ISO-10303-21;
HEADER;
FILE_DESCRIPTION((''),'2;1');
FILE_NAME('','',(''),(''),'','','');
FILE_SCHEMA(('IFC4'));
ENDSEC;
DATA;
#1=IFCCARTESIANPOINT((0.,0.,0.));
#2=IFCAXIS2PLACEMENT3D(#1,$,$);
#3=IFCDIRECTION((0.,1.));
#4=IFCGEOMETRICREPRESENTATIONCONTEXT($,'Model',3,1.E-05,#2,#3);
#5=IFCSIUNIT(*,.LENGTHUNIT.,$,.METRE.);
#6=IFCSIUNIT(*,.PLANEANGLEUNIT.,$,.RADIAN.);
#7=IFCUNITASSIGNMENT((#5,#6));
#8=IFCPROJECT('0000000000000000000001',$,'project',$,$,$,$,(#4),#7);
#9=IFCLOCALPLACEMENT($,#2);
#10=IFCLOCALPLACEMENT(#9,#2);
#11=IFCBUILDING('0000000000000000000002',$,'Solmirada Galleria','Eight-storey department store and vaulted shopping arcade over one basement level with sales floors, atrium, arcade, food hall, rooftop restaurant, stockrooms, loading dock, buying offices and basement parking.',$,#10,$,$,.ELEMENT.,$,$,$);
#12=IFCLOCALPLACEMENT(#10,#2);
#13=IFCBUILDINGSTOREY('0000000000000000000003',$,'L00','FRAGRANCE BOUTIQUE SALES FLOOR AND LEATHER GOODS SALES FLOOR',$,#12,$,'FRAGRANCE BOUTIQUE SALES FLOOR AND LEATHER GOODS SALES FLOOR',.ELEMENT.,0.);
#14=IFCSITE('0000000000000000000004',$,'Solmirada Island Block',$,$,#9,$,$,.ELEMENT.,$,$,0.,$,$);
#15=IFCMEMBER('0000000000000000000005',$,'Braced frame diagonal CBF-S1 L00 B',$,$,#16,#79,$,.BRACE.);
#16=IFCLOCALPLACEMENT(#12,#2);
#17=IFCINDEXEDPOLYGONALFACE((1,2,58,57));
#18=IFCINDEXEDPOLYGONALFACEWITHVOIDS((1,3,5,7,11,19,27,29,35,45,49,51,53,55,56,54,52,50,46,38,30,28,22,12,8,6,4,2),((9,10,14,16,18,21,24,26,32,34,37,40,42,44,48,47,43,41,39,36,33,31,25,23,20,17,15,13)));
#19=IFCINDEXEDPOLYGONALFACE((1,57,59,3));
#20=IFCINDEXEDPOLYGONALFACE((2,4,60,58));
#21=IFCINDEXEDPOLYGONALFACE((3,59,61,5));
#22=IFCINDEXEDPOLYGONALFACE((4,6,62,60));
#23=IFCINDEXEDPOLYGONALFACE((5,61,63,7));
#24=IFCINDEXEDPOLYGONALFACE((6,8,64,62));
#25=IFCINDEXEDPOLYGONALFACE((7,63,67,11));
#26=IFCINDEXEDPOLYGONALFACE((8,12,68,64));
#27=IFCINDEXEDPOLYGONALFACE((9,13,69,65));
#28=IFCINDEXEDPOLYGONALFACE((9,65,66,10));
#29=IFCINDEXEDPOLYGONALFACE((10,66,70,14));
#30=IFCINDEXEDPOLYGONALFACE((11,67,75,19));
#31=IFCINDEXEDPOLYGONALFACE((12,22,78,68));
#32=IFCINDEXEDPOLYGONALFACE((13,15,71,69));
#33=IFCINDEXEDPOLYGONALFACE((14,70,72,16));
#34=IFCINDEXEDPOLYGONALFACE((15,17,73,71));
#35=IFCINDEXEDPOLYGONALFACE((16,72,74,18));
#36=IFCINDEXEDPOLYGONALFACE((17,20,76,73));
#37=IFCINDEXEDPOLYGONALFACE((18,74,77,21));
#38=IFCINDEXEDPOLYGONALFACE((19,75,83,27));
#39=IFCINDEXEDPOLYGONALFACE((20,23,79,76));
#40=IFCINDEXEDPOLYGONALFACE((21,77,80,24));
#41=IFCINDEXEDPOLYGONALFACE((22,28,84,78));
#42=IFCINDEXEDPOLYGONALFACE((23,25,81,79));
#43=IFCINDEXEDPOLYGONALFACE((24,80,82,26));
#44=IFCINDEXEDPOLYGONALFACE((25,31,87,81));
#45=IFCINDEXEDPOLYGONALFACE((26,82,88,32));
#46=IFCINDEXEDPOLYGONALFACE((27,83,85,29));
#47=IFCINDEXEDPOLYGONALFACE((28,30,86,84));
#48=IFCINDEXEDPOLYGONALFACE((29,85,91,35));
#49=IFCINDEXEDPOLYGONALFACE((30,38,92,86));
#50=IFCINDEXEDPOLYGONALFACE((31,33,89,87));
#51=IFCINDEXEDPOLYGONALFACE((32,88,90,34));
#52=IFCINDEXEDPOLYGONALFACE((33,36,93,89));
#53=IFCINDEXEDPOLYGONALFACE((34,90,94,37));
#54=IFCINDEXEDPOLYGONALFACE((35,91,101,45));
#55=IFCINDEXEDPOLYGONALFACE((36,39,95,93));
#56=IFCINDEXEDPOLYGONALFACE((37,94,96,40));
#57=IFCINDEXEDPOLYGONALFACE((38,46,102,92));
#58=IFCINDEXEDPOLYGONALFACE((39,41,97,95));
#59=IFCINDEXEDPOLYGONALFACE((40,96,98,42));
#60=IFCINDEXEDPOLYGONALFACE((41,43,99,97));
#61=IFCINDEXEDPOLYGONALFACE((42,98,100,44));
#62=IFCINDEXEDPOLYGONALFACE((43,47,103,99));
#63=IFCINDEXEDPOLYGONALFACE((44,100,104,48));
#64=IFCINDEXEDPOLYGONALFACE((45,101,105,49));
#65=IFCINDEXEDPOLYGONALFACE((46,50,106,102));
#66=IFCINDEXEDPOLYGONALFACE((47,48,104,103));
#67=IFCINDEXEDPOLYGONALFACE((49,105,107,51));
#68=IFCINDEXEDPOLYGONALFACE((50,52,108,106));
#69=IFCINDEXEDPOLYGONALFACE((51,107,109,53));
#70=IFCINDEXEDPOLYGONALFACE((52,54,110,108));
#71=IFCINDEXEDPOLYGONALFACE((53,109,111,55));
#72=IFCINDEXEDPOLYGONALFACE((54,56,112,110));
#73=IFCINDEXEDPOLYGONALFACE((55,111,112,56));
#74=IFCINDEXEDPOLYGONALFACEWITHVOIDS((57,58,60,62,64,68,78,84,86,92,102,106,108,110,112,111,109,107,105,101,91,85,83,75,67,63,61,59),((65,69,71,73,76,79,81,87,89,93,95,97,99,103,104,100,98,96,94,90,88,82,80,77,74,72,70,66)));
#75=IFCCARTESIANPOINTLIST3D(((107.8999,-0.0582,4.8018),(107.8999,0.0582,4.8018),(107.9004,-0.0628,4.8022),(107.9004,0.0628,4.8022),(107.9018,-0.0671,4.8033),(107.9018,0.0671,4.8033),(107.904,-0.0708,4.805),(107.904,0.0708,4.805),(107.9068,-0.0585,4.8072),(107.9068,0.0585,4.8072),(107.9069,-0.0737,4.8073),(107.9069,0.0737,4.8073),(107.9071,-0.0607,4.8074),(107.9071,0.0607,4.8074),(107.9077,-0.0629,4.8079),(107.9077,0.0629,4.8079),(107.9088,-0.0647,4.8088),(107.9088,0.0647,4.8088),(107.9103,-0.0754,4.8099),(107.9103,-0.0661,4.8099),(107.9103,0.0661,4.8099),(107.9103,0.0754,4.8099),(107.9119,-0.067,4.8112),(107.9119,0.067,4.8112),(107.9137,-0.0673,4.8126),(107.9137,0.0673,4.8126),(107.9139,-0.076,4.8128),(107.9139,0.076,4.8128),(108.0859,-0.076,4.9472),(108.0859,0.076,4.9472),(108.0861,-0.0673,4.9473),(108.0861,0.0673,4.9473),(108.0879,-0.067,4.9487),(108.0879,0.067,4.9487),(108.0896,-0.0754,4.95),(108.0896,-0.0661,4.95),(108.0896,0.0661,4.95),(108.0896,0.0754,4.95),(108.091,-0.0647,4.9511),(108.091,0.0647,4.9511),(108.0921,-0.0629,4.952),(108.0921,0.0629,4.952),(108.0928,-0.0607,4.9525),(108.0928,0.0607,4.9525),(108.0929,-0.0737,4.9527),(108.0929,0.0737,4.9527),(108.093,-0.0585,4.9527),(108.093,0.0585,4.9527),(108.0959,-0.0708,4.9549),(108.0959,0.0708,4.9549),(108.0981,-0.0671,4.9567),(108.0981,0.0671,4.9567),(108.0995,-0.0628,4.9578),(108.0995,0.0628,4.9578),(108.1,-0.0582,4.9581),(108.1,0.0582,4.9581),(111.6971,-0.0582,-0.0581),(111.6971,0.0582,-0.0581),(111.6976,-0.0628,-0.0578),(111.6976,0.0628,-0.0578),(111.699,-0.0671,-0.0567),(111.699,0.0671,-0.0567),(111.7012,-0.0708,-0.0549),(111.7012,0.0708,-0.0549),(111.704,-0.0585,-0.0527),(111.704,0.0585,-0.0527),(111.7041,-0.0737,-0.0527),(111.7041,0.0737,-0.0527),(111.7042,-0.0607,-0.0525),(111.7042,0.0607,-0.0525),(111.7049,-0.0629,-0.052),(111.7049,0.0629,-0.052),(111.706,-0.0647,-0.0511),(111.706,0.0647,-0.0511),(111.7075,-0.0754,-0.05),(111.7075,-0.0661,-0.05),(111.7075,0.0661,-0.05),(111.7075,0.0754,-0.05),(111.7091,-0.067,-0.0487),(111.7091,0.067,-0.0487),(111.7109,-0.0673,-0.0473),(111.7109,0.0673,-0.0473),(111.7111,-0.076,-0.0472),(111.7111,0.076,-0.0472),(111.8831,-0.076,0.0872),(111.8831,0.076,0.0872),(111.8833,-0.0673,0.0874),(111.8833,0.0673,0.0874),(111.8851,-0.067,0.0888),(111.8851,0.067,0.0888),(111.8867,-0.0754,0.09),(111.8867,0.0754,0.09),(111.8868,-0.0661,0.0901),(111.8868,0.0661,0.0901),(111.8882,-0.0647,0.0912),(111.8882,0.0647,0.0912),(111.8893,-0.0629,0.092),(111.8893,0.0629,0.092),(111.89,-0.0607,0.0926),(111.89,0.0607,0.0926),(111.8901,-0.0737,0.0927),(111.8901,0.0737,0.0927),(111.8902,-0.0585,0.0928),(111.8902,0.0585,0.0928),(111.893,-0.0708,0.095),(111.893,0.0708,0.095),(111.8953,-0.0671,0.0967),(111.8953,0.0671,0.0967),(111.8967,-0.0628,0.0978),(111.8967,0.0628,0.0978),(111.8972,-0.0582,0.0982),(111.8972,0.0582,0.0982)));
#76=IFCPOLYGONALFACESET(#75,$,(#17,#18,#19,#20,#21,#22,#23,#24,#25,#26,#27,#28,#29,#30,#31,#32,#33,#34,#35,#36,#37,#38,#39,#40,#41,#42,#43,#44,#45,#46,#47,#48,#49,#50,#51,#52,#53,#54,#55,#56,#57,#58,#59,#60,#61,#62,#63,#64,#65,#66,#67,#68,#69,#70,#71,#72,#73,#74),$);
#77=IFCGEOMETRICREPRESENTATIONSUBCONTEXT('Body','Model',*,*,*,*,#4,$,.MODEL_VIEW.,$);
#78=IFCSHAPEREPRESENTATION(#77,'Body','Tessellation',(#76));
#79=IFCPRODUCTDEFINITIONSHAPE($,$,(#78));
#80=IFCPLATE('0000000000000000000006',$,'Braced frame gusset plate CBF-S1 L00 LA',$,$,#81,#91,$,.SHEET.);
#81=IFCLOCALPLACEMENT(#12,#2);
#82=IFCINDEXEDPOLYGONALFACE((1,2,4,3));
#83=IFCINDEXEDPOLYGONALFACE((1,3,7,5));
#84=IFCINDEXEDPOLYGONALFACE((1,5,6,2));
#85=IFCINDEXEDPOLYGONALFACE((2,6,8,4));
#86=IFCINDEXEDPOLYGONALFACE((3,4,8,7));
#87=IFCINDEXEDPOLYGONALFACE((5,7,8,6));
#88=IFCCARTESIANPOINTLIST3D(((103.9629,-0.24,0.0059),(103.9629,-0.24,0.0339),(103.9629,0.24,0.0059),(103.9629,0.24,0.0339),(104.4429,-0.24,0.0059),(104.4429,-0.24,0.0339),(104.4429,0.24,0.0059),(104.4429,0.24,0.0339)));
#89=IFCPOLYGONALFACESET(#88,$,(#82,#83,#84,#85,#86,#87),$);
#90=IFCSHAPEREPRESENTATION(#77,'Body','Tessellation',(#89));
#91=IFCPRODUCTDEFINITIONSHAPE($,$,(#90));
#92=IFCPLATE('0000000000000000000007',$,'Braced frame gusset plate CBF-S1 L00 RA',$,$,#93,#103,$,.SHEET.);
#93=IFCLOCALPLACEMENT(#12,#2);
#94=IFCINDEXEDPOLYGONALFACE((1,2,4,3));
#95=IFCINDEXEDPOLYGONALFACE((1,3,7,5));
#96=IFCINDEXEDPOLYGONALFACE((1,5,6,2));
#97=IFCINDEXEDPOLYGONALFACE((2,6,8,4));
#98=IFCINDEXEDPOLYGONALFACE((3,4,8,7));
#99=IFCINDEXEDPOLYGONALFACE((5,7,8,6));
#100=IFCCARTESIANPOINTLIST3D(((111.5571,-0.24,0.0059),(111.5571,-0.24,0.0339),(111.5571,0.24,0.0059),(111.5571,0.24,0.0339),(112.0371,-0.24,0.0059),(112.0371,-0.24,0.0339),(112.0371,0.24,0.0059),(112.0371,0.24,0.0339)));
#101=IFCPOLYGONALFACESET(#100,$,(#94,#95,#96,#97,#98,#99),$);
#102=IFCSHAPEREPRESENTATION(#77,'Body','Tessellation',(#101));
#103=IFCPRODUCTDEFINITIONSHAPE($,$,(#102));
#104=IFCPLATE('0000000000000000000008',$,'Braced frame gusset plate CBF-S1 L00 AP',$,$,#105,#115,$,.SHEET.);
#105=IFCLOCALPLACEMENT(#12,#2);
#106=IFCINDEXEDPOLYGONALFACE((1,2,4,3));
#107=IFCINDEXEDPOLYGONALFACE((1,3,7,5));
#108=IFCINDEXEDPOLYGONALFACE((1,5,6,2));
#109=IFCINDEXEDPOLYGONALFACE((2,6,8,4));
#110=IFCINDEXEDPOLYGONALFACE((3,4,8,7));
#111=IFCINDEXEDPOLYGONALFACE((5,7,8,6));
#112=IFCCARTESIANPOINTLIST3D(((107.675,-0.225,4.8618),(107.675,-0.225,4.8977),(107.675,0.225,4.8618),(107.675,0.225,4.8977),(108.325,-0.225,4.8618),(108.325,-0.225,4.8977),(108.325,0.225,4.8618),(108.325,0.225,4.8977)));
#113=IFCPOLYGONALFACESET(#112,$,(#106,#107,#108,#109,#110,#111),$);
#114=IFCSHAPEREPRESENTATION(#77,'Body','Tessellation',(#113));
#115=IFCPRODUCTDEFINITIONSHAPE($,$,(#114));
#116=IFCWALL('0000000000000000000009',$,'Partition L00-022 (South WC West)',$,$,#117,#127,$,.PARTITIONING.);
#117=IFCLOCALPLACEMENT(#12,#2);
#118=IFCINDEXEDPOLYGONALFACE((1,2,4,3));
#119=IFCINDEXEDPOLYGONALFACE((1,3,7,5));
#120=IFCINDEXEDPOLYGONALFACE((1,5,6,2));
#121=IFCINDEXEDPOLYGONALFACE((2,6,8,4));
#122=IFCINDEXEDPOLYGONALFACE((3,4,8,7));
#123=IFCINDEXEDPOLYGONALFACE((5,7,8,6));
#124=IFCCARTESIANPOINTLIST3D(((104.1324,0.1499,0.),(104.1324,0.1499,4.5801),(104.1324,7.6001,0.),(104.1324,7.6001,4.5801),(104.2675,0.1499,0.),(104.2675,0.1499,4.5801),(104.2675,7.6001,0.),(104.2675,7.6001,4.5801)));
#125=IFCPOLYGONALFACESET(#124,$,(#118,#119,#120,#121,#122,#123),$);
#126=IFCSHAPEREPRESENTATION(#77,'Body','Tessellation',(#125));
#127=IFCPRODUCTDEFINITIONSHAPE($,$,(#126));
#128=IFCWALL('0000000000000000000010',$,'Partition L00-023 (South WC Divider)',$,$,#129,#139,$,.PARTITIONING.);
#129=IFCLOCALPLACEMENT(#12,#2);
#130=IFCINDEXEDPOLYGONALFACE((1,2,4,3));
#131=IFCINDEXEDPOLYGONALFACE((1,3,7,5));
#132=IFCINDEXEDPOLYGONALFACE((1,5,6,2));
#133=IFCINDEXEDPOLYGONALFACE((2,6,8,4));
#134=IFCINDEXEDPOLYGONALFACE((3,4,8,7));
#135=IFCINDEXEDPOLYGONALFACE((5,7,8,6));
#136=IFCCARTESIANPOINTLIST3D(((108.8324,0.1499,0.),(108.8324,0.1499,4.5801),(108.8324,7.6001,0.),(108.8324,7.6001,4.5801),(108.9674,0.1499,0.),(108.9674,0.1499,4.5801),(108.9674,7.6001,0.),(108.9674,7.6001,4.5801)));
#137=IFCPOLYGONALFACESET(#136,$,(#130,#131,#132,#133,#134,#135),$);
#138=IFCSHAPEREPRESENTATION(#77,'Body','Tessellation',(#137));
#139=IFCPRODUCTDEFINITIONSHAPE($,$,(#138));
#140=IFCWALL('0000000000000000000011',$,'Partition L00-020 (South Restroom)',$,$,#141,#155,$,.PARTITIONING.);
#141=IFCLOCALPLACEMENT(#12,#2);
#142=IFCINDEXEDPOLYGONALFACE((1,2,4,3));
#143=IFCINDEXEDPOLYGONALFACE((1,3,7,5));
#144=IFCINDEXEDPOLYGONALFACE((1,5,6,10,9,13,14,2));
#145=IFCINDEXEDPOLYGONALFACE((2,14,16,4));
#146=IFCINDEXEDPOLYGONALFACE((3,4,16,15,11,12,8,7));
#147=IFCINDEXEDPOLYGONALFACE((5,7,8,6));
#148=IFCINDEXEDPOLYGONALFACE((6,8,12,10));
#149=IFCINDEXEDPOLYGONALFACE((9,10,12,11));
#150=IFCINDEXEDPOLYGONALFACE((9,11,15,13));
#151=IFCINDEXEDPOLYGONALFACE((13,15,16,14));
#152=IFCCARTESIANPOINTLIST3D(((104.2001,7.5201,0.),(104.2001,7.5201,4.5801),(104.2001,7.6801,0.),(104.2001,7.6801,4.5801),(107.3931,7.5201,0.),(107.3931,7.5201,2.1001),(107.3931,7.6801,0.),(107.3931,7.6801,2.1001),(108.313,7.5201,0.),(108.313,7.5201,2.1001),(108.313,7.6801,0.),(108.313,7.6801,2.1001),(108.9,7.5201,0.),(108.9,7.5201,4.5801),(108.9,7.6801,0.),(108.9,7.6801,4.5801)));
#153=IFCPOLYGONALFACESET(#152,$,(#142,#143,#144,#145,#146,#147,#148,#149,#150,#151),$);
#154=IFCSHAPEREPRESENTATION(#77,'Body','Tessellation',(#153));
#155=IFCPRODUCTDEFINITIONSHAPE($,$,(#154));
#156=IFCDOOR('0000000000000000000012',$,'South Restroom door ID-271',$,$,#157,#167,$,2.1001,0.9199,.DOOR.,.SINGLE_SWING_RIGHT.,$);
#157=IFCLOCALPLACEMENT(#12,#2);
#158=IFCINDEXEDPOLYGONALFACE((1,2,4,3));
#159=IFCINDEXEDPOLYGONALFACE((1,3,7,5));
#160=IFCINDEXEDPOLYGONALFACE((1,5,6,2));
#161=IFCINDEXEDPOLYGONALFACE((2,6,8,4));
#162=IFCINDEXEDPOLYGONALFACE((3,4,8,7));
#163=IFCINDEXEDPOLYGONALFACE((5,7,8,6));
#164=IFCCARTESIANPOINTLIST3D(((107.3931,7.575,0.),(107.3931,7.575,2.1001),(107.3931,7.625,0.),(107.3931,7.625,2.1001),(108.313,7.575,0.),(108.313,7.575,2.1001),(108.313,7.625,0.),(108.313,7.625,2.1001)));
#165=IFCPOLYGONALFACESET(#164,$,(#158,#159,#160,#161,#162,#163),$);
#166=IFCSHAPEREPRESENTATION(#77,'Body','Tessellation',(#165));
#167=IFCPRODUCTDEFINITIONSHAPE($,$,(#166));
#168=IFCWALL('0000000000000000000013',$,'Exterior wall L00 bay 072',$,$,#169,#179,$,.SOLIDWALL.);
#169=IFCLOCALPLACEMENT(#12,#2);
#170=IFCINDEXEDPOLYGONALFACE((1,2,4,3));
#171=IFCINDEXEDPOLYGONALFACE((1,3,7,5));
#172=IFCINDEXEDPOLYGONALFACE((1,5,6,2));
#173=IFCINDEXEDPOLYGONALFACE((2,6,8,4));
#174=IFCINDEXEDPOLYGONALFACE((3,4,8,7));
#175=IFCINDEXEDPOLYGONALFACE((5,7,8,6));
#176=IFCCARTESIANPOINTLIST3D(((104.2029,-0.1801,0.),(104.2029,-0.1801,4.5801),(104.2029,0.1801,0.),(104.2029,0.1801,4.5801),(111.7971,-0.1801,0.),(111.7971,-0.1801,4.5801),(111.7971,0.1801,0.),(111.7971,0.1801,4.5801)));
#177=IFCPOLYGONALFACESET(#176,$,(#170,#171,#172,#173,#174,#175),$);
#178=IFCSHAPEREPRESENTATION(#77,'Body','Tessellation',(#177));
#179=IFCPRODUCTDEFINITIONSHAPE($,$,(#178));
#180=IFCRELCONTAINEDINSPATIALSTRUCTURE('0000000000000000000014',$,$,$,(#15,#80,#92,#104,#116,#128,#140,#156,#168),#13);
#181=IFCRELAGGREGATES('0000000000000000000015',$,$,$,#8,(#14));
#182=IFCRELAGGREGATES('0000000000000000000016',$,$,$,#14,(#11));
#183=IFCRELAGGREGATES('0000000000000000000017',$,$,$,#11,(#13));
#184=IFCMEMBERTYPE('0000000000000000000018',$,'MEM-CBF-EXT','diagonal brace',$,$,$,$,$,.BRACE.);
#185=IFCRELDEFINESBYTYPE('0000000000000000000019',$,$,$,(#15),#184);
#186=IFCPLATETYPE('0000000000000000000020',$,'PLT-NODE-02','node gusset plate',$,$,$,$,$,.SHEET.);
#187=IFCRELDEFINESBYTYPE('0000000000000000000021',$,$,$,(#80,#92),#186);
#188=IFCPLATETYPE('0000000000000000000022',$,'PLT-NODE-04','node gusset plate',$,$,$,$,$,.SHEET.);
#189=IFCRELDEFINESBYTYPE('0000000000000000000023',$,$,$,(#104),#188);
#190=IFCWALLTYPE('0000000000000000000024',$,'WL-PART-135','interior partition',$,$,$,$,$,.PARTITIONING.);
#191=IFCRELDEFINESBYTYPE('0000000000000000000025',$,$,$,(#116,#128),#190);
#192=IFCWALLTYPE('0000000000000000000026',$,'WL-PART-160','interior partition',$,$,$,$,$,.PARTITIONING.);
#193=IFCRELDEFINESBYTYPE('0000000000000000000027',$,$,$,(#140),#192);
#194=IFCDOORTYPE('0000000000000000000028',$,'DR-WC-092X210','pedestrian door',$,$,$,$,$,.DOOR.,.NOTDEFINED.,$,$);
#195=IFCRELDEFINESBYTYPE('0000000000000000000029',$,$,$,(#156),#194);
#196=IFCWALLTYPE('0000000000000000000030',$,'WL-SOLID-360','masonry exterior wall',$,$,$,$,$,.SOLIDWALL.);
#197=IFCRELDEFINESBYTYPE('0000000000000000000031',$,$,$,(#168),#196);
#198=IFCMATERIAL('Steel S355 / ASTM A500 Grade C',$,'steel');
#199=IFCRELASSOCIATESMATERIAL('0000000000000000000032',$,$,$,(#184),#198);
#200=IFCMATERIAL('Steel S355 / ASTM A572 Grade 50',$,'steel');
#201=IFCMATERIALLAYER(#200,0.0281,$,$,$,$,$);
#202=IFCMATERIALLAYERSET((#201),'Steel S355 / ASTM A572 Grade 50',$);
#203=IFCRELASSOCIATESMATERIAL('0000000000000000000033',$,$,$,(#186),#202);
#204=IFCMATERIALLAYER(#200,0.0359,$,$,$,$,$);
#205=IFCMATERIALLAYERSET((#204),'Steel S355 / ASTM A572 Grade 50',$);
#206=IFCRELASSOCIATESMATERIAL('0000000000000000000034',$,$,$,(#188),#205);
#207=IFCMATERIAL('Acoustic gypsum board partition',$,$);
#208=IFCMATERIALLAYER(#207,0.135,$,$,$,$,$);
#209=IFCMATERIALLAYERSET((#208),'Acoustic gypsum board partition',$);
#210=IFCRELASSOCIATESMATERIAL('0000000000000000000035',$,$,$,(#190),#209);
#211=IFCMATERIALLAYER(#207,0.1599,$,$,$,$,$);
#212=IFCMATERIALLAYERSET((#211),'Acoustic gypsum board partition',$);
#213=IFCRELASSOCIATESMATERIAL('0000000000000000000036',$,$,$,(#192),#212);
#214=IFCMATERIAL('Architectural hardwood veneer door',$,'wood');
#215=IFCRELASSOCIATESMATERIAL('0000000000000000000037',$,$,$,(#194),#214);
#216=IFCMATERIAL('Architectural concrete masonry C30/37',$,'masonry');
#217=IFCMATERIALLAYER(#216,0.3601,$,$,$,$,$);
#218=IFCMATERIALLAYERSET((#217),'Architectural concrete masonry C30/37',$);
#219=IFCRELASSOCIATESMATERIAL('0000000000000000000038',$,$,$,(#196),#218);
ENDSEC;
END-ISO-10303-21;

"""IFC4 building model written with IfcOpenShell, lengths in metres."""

from ifc_helpers import new_model, si_unit, direction, frame, frame_2d, origin, origin_2d, place, context, subcontext, project, spatial, rectangle, hollow_rectangle, extrude, material, layer, layer_set, material_profile, profile_set, type_object, element, fill, save


model = new_model("IFC4")

# Units and contexts
model_context = context("Model", 3, precision=1e-05, world=origin(), true_north=direction((0.0, 1.0)))
body_context = subcontext(model_context, "Body", "Model", "MODEL_VIEW")
ifc_project = project(units=[si_unit("LENGTHUNIT", "METRE"), si_unit("PLANEANGLEUNIT", "RADIAN")], contexts=[model_context])

# Site, building, storey
site_placement = place(None, origin())
site = spatial("IfcSite", under=ifc_project, at=site_placement, Name="Solmirada Island Block", CompositionType="ELEMENT", RefElevation=0.0)
building_placement = place(site_placement, origin())
building = spatial("IfcBuilding", under=site, at=building_placement, Name="Solmirada Galleria", Description="Eight-storey department store and vaulted shopping arcade over one basement level with sales floors, atrium, arcade, food hall, rooftop restaurant, stockrooms, loading dock, buying offices and basement parking.", CompositionType="ELEMENT")
storey_placement = place(building_placement, origin())
storey = spatial("IfcBuildingStorey", under=building, at=storey_placement, Name="L00", Description="FRAGRANCE BOUTIQUE SALES FLOOR AND LEATHER GOODS SALES FLOOR", LongName="FRAGRANCE BOUTIQUE SALES FLOOR AND LEATHER GOODS SALES FLOOR", CompositionType="ELEMENT", Elevation=0.0)

# Shared definitions
ifc_material_1 = material(Name="Steel S355 / ASTM A500 Grade C", Category="steel")

# Member
ifc_material_profile_1 = material_profile(ifc_material_1, hollow_rectangle(XDim=0.1521, YDim=0.2539, WallThickness=0.0088, InnerFilletRadius=0.0088, OuterFilletRadius=0.0178, at=origin_2d()), Name="HSS10X6X3/8")
ifc_profile_set_1 = profile_set([ifc_material_profile_1], Name="Steel S355 / ASTM A500 Grade C")
member_type = type_object("IfcMemberType", Name="MEM-CBF-EXT", Description="diagonal brace", PredefinedType="BRACE", material=ifc_profile_set_1)
for number, where, z_axis, x_axis, name in (
    (1, (111.7971, 0.0, 0.02), (-0.615679, 0.0, 0.787997), (0.0, -1.0, 0.0), "Braced frame diagonal CBF-S1 L00 B"),
):
    element("IfcMember", number, at=place(storey_placement, frame(where, z_axis=z_axis, x_axis=x_axis)), inside=storey, type_object=member_type, Name=name, PredefinedType="BRACE", context=body_context, shape_type="SweptSolid", body=[
        extrude(hollow_rectangle(XDim=0.1521, YDim=0.2539, WallThickness=0.0088, InnerFilletRadius=0.0088, OuterFilletRadius=0.0178, at=origin_2d()), origin(), (0.0, 0.0, 1.0), 6.1675),
    ])

# Plates
ifc_material_2 = material(Name="Steel S355 / ASTM A572 Grade 50", Category="steel")
ifc_layer_1 = layer(ifc_material_2, 0.0281)
ifc_layer_set_1 = layer_set([ifc_layer_1], Name="Steel S355 / ASTM A572 Grade 50")
plate_type_1 = type_object("IfcPlateType", Name="PLT-NODE-02", Description="node gusset plate", PredefinedType="SHEET", material=ifc_layer_set_1)
for number, where, z_axis, x_axis, name in (
    (2, (104.2029, 0.0, 0.0059), (0.0, 0.0, 1.0), (1.0, 0.0, 0.0), "Braced frame gusset plate CBF-S1 L00 LA"),
    (3, (111.7971, 0.0, 0.0059), (0.0, 0.0, 1.0), (1.0, 0.0, 0.0), "Braced frame gusset plate CBF-S1 L00 RA"),
):
    element("IfcPlate", number, at=place(storey_placement, frame(where, z_axis=z_axis, x_axis=x_axis)), inside=storey, type_object=plate_type_1, Name=name, PredefinedType="SHEET", context=body_context, shape_type="SweptSolid", body=[
        extrude(rectangle(XDim=0.48, YDim=0.48, at=origin_2d()), origin(), (0.0, 0.0, 1.0), 0.0281),
    ])
ifc_layer_2 = layer(ifc_material_2, 0.0359)
ifc_layer_set_2 = layer_set([ifc_layer_2], Name="Steel S355 / ASTM A572 Grade 50")
plate_type_2 = type_object("IfcPlateType", Name="PLT-NODE-04", Description="node gusset plate", PredefinedType="SHEET", material=ifc_layer_set_2)
plate_placement = place(storey_placement, frame((108.0, 0.0, 4.8618), z_axis=(0.0, 0.0, 1.0), x_axis=(1.0, 0.0, 0.0)))
element("IfcPlate", 4, at=plate_placement, inside=storey, type_object=plate_type_2, Name="Braced frame gusset plate CBF-S1 L00 AP", PredefinedType="SHEET", context=body_context, shape_type="SweptSolid", body=[
    extrude(rectangle(XDim=0.6499, YDim=0.45, at=origin_2d()), origin(), (0.0, 0.0, 1.0), 0.0359),
])

# Walls
ifc_material_3 = material(Name="Acoustic gypsum board partition")
ifc_layer_3 = layer(ifc_material_3, 0.135)
ifc_layer_set_3 = layer_set([ifc_layer_3], Name="Acoustic gypsum board partition")
wall_type_1 = type_object("IfcWallType", Name="WL-PART-135", Description="interior partition", PredefinedType="PARTITIONING", material=ifc_layer_set_3)
for number, where, z_axis, x_axis, name in (
    (5, (104.2, 0.1499, 0.0), (0.0, 0.0, 1.0), (0.0, 1.0, 0.0), "Partition L00-022 (South WC West)"),
    (6, (108.8999, 0.1499, 0.0), (0.0, 0.0, 1.0), (0.0, 1.0, 0.0), "Partition L00-023 (South WC Divider)"),
):
    element("IfcWall", number, at=place(storey_placement, frame(where, z_axis=z_axis, x_axis=x_axis)), inside=storey, type_object=wall_type_1, Name=name, PredefinedType="PARTITIONING", context=body_context, shape_type="SweptSolid", body=[
        extrude(rectangle(XDim=7.4502, YDim=0.135, at=frame_2d((3.7251, 0.0))), origin(), (0.0, 0.0, 1.0), 4.5801),
    ])

# Wall, opening, door
ifc_layer_4 = layer(ifc_material_3, 0.1599)
ifc_layer_set_4 = layer_set([ifc_layer_4], Name="Acoustic gypsum board partition")
wall_type_2 = type_object("IfcWallType", Name="WL-PART-160", Description="interior partition", PredefinedType="PARTITIONING", material=ifc_layer_set_4)
wall_1_placement = place(storey_placement, frame((104.2, 7.6001, 0.0), z_axis=(0.0, 0.0, 1.0), x_axis=(1.0, 0.0, 0.0)))
wall_1 = element("IfcWall", 7, at=wall_1_placement, inside=storey, type_object=wall_type_2, Name="Partition L00-020 (South Restroom)", PredefinedType="PARTITIONING", context=body_context, shape_type="SweptSolid", body=[
    extrude(rectangle(XDim=4.7, YDim=0.1599, at=frame_2d((2.3501, 0.0))), origin(), (0.0, 0.0, 1.0), 4.5801),
])
opening_placement = place(wall_1_placement, frame((3.1931, 0.0, 0.0)))
opening = element("IfcOpeningElement", 8, at=opening_placement, cuts=wall_1, PredefinedType="OPENING", context=body_context, shape_type="SweptSolid", body=[
    extrude(rectangle(XDim=0.9199, YDim=2.1001, at=frame_2d((0.46, 1.05))), frame((0.0, 0.0898, 0.0), z_axis=(0.0, -1.0, 0.0), x_axis=(1.0, 0.0, 0.0)), (0.0, 0.0, 1.0), 0.1799),
])
ifc_material_4 = material(Name="Architectural hardwood veneer door", Category="wood")
door_type = type_object("IfcDoorType", Name="DR-WC-092X210", Description="pedestrian door", OperationType="NOTDEFINED", PredefinedType="DOOR", material=ifc_material_4)
door_placement = place(opening_placement, origin())
door = element("IfcDoor", 9, at=door_placement, inside=storey, type_object=door_type, Name="South Restroom door ID-271", OperationType="SINGLE_SWING_RIGHT", OverallHeight=2.1001, OverallWidth=0.9199, PredefinedType="DOOR", context=body_context, shape_type="SweptSolid", body=[
    extrude(rectangle(XDim=0.9199, YDim=2.1001, at=frame_2d((0.46, 1.05))), frame((0.0, 0.0249, 0.0), z_axis=(0.0, -1.0, 0.0), x_axis=(1.0, 0.0, 0.0)), (0.0, 0.0, 1.0), 0.05),
])
fill(opening, door)

# Wall
ifc_material_5 = material(Name="Architectural concrete masonry C30/37", Category="masonry")
ifc_layer_5 = layer(ifc_material_5, 0.3601)
ifc_layer_set_5 = layer_set([ifc_layer_5], Name="Architectural concrete masonry C30/37")
wall_type_3 = type_object("IfcWallType", Name="WL-SOLID-360", Description="masonry exterior wall", PredefinedType="SOLIDWALL", material=ifc_layer_set_5)
wall_2_placement = place(storey_placement, frame((111.7971, 0.0, 0.0), z_axis=(0.0, 0.0, 1.0), x_axis=(-1.0, 0.0, 0.0)))
element("IfcWall", 10, at=wall_2_placement, inside=storey, type_object=wall_type_3, Name="Exterior wall L00 bay 072", PredefinedType="SOLIDWALL", context=body_context, shape_type="SweptSolid", body=[
    extrude(rectangle(XDim=7.5942, YDim=0.3601, at=frame_2d((3.7971, 0.0))), origin(), (0.0, 0.0, 1.0), 4.5801),
])

save(model, "model.ifc")
